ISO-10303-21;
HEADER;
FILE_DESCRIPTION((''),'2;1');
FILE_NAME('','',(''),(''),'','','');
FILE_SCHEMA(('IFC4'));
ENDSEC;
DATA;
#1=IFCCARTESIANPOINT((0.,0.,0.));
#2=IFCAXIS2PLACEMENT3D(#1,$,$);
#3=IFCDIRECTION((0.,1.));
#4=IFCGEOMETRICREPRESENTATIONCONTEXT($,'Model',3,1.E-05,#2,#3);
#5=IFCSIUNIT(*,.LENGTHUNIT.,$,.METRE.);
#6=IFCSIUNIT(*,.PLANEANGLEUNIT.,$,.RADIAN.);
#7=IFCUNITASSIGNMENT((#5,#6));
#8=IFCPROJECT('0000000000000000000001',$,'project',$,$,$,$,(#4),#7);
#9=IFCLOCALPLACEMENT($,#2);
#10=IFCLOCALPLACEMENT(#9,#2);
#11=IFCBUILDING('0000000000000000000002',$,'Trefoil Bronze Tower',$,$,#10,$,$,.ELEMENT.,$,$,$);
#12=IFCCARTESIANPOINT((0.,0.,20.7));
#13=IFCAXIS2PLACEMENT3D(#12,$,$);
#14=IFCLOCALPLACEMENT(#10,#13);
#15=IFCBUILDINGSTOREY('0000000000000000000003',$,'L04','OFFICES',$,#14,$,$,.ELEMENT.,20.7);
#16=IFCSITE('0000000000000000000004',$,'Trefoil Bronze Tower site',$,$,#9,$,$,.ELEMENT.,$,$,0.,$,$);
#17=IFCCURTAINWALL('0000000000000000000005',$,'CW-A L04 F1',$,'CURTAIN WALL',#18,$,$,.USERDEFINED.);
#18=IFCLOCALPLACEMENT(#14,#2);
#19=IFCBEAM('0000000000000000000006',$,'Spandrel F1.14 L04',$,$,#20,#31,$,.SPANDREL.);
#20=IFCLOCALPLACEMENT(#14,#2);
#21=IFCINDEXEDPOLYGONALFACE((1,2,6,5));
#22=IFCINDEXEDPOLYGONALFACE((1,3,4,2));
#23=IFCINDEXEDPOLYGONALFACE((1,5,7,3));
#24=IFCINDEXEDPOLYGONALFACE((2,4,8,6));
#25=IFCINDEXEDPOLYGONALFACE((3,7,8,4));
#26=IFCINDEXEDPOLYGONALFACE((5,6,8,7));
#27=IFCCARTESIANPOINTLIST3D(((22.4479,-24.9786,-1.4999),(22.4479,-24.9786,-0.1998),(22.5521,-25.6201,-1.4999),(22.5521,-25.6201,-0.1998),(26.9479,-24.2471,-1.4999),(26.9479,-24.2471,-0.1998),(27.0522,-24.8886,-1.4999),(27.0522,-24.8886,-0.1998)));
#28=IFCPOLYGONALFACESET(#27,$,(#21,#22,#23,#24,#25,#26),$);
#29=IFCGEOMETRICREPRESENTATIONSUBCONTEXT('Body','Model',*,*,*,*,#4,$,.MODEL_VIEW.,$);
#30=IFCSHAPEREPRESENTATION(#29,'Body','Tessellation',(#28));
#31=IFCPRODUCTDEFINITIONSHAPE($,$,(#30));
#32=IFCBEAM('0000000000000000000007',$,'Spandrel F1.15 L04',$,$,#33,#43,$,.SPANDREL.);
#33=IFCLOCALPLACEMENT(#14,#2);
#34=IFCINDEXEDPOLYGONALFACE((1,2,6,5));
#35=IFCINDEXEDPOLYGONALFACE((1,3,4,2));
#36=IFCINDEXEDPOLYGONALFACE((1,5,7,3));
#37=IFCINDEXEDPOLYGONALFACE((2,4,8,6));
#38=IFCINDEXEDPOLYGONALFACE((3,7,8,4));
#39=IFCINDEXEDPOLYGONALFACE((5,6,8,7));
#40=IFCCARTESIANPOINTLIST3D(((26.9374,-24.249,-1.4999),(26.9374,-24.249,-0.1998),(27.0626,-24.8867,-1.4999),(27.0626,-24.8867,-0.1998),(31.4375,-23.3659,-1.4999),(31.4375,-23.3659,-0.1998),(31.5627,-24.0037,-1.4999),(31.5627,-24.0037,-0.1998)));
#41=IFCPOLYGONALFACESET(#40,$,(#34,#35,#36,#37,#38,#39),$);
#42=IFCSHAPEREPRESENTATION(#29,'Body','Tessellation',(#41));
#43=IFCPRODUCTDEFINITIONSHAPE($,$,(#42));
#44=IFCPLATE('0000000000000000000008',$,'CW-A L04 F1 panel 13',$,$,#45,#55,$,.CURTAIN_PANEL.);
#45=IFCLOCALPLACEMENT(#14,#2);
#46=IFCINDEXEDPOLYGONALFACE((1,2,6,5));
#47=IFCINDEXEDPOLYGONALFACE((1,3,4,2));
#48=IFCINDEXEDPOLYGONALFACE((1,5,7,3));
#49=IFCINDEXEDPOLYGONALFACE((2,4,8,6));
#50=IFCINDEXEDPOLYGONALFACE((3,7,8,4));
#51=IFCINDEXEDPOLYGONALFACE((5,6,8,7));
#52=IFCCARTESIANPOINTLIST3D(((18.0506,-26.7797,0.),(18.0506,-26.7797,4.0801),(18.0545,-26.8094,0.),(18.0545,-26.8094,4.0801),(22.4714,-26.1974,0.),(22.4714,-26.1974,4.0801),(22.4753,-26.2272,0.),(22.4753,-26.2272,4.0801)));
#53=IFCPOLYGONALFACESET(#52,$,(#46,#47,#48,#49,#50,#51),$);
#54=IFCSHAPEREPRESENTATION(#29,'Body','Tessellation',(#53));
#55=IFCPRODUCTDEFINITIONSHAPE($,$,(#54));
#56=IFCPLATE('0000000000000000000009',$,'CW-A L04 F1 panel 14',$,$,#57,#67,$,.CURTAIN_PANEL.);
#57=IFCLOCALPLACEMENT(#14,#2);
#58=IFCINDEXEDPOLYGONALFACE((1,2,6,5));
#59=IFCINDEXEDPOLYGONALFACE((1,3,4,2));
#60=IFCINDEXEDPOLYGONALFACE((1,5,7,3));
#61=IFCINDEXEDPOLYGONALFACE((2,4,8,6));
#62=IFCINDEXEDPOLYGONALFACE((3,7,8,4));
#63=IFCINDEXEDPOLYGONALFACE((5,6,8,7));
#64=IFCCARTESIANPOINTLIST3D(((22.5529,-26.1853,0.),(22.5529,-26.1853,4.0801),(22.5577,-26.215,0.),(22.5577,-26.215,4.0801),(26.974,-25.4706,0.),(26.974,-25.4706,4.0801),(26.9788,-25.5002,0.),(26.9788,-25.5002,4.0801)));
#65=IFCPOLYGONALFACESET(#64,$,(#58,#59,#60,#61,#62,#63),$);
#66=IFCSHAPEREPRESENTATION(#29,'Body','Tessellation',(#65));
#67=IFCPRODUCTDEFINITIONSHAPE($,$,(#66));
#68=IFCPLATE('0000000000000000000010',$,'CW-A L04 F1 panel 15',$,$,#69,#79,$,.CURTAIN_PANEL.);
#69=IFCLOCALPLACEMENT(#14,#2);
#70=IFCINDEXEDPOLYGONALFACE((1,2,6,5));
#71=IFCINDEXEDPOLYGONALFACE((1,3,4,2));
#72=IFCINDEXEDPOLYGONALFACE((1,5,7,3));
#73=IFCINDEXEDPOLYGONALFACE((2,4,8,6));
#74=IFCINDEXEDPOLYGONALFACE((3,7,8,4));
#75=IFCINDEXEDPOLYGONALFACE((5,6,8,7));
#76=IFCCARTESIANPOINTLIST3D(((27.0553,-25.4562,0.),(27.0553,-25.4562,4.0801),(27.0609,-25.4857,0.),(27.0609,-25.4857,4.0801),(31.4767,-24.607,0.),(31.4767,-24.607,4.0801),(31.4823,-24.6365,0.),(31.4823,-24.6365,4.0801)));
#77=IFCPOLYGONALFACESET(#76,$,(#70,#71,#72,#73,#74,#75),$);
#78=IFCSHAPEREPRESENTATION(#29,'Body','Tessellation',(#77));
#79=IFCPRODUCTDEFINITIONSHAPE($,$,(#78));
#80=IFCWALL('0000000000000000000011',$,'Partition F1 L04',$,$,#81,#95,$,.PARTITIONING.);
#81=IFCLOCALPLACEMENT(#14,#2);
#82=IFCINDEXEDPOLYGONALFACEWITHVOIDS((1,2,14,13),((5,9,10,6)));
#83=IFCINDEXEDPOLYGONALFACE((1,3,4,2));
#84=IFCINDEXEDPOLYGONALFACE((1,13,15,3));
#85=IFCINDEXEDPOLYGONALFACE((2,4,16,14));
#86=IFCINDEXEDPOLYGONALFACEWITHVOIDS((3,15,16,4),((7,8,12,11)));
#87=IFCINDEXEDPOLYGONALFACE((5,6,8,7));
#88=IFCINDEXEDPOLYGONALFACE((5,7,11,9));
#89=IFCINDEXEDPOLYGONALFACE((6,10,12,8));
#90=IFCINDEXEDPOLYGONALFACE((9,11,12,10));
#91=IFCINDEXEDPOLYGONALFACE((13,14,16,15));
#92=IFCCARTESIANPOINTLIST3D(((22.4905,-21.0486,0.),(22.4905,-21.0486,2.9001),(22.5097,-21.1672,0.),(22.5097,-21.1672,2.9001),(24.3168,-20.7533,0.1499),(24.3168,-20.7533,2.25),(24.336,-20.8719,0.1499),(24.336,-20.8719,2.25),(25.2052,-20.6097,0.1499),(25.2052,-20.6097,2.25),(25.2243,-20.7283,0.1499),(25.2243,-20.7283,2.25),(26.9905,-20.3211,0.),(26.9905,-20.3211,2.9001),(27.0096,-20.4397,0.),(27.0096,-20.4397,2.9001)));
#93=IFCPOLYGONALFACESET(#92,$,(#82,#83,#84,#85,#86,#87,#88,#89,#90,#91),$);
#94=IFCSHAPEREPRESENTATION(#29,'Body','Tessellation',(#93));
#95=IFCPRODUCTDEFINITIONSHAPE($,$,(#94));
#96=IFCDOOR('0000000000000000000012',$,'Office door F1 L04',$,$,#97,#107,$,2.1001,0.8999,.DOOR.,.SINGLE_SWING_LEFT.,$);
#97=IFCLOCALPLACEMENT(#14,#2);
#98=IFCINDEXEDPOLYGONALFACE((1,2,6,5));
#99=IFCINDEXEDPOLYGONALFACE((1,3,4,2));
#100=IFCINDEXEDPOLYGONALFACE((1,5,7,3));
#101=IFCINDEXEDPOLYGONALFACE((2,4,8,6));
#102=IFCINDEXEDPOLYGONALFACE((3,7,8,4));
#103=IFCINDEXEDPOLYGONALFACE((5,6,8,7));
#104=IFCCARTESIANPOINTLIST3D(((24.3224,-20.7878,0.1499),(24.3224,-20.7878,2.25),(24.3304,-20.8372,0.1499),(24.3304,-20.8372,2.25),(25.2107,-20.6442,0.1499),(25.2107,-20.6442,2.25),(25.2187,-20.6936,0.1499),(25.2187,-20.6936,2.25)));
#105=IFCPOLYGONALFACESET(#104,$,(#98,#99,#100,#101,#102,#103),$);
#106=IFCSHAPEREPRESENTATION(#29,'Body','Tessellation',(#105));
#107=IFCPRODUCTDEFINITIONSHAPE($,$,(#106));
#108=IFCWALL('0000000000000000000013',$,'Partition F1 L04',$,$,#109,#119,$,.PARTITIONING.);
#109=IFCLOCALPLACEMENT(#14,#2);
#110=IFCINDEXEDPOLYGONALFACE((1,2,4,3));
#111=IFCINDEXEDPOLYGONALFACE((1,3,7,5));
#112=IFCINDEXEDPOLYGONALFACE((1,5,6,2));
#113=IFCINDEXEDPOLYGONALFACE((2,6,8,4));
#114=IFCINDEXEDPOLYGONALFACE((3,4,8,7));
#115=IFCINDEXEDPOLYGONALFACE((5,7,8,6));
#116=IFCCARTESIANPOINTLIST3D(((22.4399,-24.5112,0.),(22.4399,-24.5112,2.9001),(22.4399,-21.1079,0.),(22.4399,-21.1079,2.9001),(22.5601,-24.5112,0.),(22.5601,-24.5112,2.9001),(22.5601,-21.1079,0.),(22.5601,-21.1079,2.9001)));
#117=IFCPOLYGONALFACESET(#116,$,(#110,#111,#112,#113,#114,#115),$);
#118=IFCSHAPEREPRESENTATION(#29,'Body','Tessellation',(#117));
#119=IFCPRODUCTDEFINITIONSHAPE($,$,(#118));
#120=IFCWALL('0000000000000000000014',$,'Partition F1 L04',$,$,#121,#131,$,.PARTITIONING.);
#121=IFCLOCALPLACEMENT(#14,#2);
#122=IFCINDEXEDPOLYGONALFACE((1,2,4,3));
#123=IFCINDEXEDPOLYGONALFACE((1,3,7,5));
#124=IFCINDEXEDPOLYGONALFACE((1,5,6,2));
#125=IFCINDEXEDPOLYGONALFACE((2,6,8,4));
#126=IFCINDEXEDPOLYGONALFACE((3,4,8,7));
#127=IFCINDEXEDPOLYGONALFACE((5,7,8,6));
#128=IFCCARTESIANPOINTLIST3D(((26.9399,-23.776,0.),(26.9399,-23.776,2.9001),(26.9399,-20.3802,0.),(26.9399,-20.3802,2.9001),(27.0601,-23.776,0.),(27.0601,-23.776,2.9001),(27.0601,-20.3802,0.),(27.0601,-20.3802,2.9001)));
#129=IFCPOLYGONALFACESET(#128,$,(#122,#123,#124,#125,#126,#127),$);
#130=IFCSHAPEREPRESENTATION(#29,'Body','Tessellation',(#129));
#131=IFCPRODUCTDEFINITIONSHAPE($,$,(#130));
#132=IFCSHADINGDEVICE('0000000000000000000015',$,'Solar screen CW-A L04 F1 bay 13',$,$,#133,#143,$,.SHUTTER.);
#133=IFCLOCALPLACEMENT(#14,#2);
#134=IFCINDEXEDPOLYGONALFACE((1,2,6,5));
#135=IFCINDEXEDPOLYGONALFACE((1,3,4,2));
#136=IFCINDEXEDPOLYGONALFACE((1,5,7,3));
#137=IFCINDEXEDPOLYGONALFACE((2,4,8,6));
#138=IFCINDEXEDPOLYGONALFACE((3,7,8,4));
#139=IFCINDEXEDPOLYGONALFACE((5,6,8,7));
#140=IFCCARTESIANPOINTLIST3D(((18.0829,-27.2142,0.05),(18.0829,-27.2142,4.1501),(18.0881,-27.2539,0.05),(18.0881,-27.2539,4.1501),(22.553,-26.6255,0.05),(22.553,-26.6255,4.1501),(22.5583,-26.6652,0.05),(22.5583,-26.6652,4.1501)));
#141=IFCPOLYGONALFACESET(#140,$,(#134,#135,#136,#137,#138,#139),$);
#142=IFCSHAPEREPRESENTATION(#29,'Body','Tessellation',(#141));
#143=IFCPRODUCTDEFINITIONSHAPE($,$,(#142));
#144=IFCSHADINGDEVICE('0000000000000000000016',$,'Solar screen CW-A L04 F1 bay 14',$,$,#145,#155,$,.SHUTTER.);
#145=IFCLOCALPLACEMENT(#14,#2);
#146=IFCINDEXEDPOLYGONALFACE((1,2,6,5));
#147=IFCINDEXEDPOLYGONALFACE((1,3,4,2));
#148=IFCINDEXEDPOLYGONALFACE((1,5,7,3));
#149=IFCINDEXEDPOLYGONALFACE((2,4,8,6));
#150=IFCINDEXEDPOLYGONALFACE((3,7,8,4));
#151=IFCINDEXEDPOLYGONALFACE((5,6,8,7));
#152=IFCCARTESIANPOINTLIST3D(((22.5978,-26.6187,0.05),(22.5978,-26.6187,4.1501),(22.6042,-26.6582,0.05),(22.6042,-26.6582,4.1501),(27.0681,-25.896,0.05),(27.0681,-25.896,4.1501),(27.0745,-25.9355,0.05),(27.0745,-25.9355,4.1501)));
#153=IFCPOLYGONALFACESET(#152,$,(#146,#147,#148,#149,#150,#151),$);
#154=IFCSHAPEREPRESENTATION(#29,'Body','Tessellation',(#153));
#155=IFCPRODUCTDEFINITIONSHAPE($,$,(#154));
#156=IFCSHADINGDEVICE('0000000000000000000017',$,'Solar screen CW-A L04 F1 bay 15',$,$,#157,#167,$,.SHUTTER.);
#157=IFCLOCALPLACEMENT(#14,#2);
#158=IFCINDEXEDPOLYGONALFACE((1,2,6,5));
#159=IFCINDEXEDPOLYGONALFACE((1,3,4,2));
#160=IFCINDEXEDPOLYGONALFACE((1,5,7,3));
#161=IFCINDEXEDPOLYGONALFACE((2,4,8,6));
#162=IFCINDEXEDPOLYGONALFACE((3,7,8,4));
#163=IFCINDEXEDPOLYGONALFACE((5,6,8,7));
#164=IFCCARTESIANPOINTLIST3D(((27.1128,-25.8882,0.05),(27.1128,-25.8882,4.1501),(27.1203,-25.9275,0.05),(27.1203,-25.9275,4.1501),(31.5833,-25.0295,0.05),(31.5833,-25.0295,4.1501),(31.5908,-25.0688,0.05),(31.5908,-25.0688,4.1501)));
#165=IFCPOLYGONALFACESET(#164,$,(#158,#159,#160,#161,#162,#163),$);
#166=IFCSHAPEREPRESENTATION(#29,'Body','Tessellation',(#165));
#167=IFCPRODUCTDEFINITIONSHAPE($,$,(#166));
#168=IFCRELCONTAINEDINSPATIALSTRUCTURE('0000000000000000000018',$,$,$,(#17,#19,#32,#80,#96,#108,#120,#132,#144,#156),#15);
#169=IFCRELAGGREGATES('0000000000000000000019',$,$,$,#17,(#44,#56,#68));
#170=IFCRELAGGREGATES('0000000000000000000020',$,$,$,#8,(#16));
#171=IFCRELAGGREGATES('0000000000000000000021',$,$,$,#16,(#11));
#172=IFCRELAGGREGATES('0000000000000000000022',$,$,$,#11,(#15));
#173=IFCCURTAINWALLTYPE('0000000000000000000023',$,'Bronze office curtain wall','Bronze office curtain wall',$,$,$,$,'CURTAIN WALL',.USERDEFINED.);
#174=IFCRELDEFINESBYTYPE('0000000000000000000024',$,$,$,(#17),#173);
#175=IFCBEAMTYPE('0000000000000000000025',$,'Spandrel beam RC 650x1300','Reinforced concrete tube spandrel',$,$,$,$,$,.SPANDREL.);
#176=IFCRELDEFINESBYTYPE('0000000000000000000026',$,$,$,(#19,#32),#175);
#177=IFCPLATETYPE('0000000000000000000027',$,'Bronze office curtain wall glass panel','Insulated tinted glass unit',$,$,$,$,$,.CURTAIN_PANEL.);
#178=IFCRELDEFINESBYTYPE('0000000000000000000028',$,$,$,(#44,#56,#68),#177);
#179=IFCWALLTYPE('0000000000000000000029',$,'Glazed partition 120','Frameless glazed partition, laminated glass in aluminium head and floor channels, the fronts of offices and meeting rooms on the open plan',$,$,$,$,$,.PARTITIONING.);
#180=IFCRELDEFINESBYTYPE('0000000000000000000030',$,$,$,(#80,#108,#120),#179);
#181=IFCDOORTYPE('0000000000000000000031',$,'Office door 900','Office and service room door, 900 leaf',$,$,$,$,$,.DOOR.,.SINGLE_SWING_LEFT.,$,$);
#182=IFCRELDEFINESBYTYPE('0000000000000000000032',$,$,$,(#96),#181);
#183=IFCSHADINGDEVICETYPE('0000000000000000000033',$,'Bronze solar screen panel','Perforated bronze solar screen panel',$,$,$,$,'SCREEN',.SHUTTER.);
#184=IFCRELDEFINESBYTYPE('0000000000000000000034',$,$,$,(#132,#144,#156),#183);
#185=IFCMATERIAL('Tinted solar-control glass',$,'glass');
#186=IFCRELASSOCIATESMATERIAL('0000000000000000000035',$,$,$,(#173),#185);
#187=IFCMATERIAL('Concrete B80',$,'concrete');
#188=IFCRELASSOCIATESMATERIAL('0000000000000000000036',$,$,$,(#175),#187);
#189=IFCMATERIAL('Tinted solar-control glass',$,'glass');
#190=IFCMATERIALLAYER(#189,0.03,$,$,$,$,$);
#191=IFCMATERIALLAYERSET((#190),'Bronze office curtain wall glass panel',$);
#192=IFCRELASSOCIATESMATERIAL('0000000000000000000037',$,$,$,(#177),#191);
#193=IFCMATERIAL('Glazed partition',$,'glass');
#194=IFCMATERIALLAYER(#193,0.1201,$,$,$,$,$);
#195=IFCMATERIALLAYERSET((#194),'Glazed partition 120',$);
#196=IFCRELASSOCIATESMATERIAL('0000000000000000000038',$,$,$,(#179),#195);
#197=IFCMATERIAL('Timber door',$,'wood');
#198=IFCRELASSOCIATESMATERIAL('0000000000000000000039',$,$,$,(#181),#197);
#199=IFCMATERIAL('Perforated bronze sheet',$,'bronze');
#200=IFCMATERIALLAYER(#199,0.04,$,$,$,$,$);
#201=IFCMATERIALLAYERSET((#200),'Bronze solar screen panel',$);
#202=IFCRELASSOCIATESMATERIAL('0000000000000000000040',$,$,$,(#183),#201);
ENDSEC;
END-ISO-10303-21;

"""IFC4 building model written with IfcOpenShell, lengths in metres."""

from ifc_helpers import new_model, si_unit, direction, frame, frame_2d, origin, origin_2d, place, context, subcontext, project, spatial, rectangle, extrude, material, layer, layer_set, material_profile, profile_set, type_object, element, fill, aggregate, save


model = new_model("IFC4")

# Units and contexts
model_context = context("Model", 3, precision=1e-05, world=origin(), true_north=direction((0.0, 1.0)))
body_context = subcontext(model_context, "Body", "Model", "MODEL_VIEW")
ifc_project = project(units=[si_unit("LENGTHUNIT", "METRE"), si_unit("PLANEANGLEUNIT", "RADIAN")], contexts=[model_context])

# Site, building, storey
site_placement = place(None, origin())
site = spatial("IfcSite", under=ifc_project, at=site_placement, Name="Trefoil Bronze Tower site", CompositionType="ELEMENT", RefElevation=0.0)
building_placement = place(site_placement, origin())
building = spatial("IfcBuilding", under=site, at=building_placement, Name="Trefoil Bronze Tower", CompositionType="ELEMENT")
storey_placement = place(building_placement, frame((0.0, 0.0, 20.7)))
storey = spatial("IfcBuildingStorey", under=building, at=storey_placement, Name="L04", Description="OFFICES", CompositionType="ELEMENT", Elevation=20.7)

# Curtain wall
ifc_material_1 = material(Name="Tinted solar-control glass", Category="glass")
curtain_wall_type = type_object("IfcCurtainWallType", Name="Bronze office curtain wall", Description="Bronze office curtain wall", ElementType="CURTAIN WALL", PredefinedType="USERDEFINED", material=ifc_material_1)
curtain_wall_placement = place(storey_placement, origin())
curtain_wall = element("IfcCurtainWall", 1, at=curtain_wall_placement, inside=storey, type_object=curtain_wall_type, Name="CW-A L04 F1", ObjectType="CURTAIN WALL", PredefinedType="USERDEFINED")

# Beams
ifc_material_2 = material(Name="Concrete B80", Category="concrete")
ifc_material_profile_1 = material_profile(ifc_material_2, rectangle(XDim=0.6499, YDim=1.3, at=origin_2d()), Name="RC 650x1300")
ifc_profile_set_1 = profile_set([ifc_material_profile_1], Name="Concrete B80")
beam_type_1 = type_object("IfcBeamType", Name="Spandrel beam RC 650x1300", Description="Reinforced concrete tube spandrel", PredefinedType="SPANDREL", material=ifc_profile_set_1)
beam_1_placement = place(storey_placement, frame((22.5, -25.2993, -0.8499), z_axis=(0.987046, 0.160438, 0.0), x_axis=(-0.160438, 0.987046, 0.0)))
element("IfcBeam", 2, at=beam_1_placement, inside=storey, type_object=beam_type_1, Name="Spandrel F1.14 L04", PredefinedType="SPANDREL", context=body_context, shape_type="SweptSolid", body=[
    extrude(rectangle(XDim=0.6499, YDim=1.3, at=origin_2d()), origin(), (0.0, 0.0, 1.0), 4.5591),
])
beam_2_placement = place(storey_placement, frame((27.0, -24.5679, -0.8499), z_axis=(0.981285, 0.192562, 0.0), x_axis=(-0.192562, 0.981285, 0.0)))
element("IfcBeam", 3, at=beam_2_placement, inside=storey, type_object=beam_type_1, Name="Spandrel F1.15 L04", PredefinedType="SPANDREL", context=body_context, shape_type="SweptSolid", body=[
    extrude(rectangle(XDim=0.6499, YDim=1.3, at=origin_2d()), origin(), (0.0, 0.0, 1.0), 4.5859),
])

# Plates
ifc_material_3 = material(Name="Tinted solar-control glass", Category="glass")
ifc_layer_1 = layer(ifc_material_3, 0.03)
ifc_layer_set_1 = layer_set([ifc_layer_1], Name="Bronze office curtain wall glass panel")
plate_type = type_object("IfcPlateType", Name="Bronze office curtain wall glass panel", Description="Insulated tinted glass unit", PredefinedType="CURTAIN_PANEL", material=ifc_layer_set_1)
plate_1_placement = place(storey_placement, frame((20.2629, -26.5034, 0.0), z_axis=(0.0, 0.0, 1.0), x_axis=(0.991437, 0.130584, 0.0)))
plate_1 = element("IfcPlate", 4, at=plate_1_placement, type_object=plate_type, Name="CW-A L04 F1 panel 13", PredefinedType="CURTAIN_PANEL", context=body_context, shape_type="SweptSolid", body=[
    extrude(rectangle(XDim=4.459, YDim=0.03, at=origin_2d()), origin(), (0.0, 0.0, 1.0), 4.0801),
])
plate_2_placement = place(storey_placement, frame((24.7659, -25.8428, 0.0), z_axis=(0.0, 0.0, 1.0), x_axis=(0.987181, 0.159603, 0.0)))
plate_2 = element("IfcPlate", 5, at=plate_2_placement, type_object=plate_type, Name="CW-A L04 F1 panel 14", PredefinedType="CURTAIN_PANEL", context=body_context, shape_type="SweptSolid", body=[
    extrude(rectangle(XDim=4.4785, YDim=0.03, at=origin_2d()), origin(), (0.0, 0.0, 1.0), 4.0801),
])
plate_3_placement = place(storey_placement, frame((29.2688, -25.0464, 0.0), z_axis=(0.0, 0.0, 1.0), x_axis=(0.98205, 0.188622, 0.0)))
plate_3 = element("IfcPlate", 6, at=plate_3_placement, type_object=plate_type, Name="CW-A L04 F1 panel 15", PredefinedType="CURTAIN_PANEL", context=body_context, shape_type="SweptSolid", body=[
    extrude(rectangle(XDim=4.5022, YDim=0.03, at=origin_2d()), origin(), (0.0, 0.0, 1.0), 4.0801),
])
aggregate(curtain_wall, [plate_1, plate_2, plate_3])

# Wall, opening, door
ifc_material_4 = material(Name="Glazed partition", Category="glass")
ifc_layer_2 = layer(ifc_material_4, 0.1201)
ifc_layer_set_2 = layer_set([ifc_layer_2], Name="Glazed partition 120")
wall_type = type_object("IfcWallType", Name="Glazed partition 120", Description="Frameless glazed partition, laminated glass in aluminium head and floor channels, the fronts of offices and meeting rooms on the open plan", PredefinedType="PARTITIONING", material=ifc_layer_set_2)
wall_1_placement = place(storey_placement, frame((22.5, -21.1079, 0.0), z_axis=(0.0, 0.0, 1.0), x_axis=(0.987181, 0.159603, 0.0)))
wall_1 = element("IfcWall", 7, at=wall_1_placement, inside=storey, type_object=wall_type, Name="Partition F1 L04", PredefinedType="PARTITIONING", context=body_context, shape_type="SweptSolid", body=[
    extrude(rectangle(XDim=4.5583, YDim=0.1201, at=frame_2d((2.2793, 0.0))), origin(), (0.0, 0.0, 1.0), 2.9001),
])
opening_placement = place(wall_1_placement, frame((1.8501, 0.0, 0.1499)))
opening = element("IfcOpeningElement", 8, at=opening_placement, cuts=wall_1, PredefinedType="OPENING", context=body_context, shape_type="SweptSolid", body=[
    extrude(rectangle(XDim=0.8999, YDim=2.1001, at=frame_2d((0.45, 1.05))), frame((0.0, 0.0701, 0.0), z_axis=(0.0, -1.0, 0.0), x_axis=(1.0, 0.0, 0.0)), (0.0, 0.0, 1.0), 0.1401),
])
ifc_material_5 = material(Name="Timber door", Category="wood")
door_type = type_object("IfcDoorType", Name="Office door 900", Description="Office and service room door, 900 leaf", OperationType="SINGLE_SWING_LEFT", PredefinedType="DOOR", material=ifc_material_5)
door_placement = place(opening_placement, frame((0.8999, 0.0, 0.0), z_axis=(0.0, 0.0, 1.0), x_axis=(-1.0, 0.0, 0.0)))
door = element("IfcDoor", 9, at=door_placement, inside=storey, type_object=door_type, Name="Office door F1 L04", OperationType="SINGLE_SWING_LEFT", OverallHeight=2.1001, OverallWidth=0.8999, PredefinedType="DOOR", context=body_context, shape_type="SweptSolid", body=[
    extrude(rectangle(XDim=0.8999, YDim=2.1001, at=frame_2d((0.45, 1.05))), frame((0.0, 0.0249, 0.0), z_axis=(0.0, -1.0, 0.0), x_axis=(1.0, 0.0, 0.0)), (0.0, 0.0, 1.0), 0.05),
])
fill(opening, door)

# Walls
wall_2_placement = place(storey_placement, frame((22.5, -21.1079, 0.0), z_axis=(0.0, 0.0, 1.0), x_axis=(0.0, -1.0, 0.0)))
element("IfcWall", 10, at=wall_2_placement, inside=storey, type_object=wall_type, Name="Partition F1 L04", PredefinedType="PARTITIONING", context=body_context, shape_type="SweptSolid", body=[
    extrude(rectangle(XDim=3.4033, YDim=0.1201, at=frame_2d((1.7017, 0.0))), origin(), (0.0, 0.0, 1.0), 2.9001),
])
wall_3_placement = place(storey_placement, frame((27.0, -20.3804, 0.0), z_axis=(0.0, 0.0, 1.0), x_axis=(0.0, -1.0, 0.0)))
element("IfcWall", 11, at=wall_3_placement, inside=storey, type_object=wall_type, Name="Partition F1 L04", PredefinedType="PARTITIONING", context=body_context, shape_type="SweptSolid", body=[
    extrude(rectangle(XDim=3.3958, YDim=0.1201, at=frame_2d((1.6978, 0.0))), origin(), (0.0, 0.0, 1.0), 2.9001),
])

# Shading devices
ifc_material_6 = material(Name="Perforated bronze sheet", Category="bronze")
ifc_layer_3 = layer(ifc_material_6, 0.04)
ifc_layer_set_3 = layer_set([ifc_layer_3], Name="Bronze solar screen panel")
shading_device_type = type_object("IfcShadingDeviceType", Name="Bronze solar screen panel", Description="Perforated bronze solar screen panel", ElementType="SCREEN", PredefinedType="SHUTTER", material=ifc_layer_set_3)
shading_device_1_placement = place(storey_placement, frame((20.3206, -26.9397, 0.05), z_axis=(0.0, 0.0, 1.0), x_axis=(0.991437, 0.130584, 0.0)))
element("IfcShadingDevice", 12, at=shading_device_1_placement, inside=storey, type_object=shading_device_type, Name="Solar screen CW-A L04 F1 bay 13", PredefinedType="SHUTTER", context=body_context, shape_type="SweptSolid", body=[
    extrude(rectangle(XDim=4.5088, YDim=0.04, at=origin_2d()), origin(), (0.0, 0.0, 1.0), 4.1001),
])
shading_device_2_placement = place(storey_placement, frame((24.8362, -26.2771, 0.05), z_axis=(0.0, 0.0, 1.0), x_axis=(0.987181, 0.159603, 0.0)))
element("IfcShadingDevice", 13, at=shading_device_2_placement, inside=storey, type_object=shading_device_type, Name="Solar screen CW-A L04 F1 bay 14", PredefinedType="SHUTTER", context=body_context, shape_type="SweptSolid", body=[
    extrude(rectangle(XDim=4.5283, YDim=0.04, at=origin_2d()), origin(), (0.0, 0.0, 1.0), 4.1001),
])
shading_device_3_placement = place(storey_placement, frame((29.3518, -25.4785, 0.05), z_axis=(0.0, 0.0, 1.0), x_axis=(0.98205, 0.188622, 0.0)))
element("IfcShadingDevice", 14, at=shading_device_3_placement, inside=storey, type_object=shading_device_type, Name="Solar screen CW-A L04 F1 bay 15", PredefinedType="SHUTTER", context=body_context, shape_type="SweptSolid", body=[
    extrude(rectangle(XDim=4.5522, YDim=0.04, at=origin_2d()), origin(), (0.0, 0.0, 1.0), 4.1001),
])

save(model, "model.ifc")
